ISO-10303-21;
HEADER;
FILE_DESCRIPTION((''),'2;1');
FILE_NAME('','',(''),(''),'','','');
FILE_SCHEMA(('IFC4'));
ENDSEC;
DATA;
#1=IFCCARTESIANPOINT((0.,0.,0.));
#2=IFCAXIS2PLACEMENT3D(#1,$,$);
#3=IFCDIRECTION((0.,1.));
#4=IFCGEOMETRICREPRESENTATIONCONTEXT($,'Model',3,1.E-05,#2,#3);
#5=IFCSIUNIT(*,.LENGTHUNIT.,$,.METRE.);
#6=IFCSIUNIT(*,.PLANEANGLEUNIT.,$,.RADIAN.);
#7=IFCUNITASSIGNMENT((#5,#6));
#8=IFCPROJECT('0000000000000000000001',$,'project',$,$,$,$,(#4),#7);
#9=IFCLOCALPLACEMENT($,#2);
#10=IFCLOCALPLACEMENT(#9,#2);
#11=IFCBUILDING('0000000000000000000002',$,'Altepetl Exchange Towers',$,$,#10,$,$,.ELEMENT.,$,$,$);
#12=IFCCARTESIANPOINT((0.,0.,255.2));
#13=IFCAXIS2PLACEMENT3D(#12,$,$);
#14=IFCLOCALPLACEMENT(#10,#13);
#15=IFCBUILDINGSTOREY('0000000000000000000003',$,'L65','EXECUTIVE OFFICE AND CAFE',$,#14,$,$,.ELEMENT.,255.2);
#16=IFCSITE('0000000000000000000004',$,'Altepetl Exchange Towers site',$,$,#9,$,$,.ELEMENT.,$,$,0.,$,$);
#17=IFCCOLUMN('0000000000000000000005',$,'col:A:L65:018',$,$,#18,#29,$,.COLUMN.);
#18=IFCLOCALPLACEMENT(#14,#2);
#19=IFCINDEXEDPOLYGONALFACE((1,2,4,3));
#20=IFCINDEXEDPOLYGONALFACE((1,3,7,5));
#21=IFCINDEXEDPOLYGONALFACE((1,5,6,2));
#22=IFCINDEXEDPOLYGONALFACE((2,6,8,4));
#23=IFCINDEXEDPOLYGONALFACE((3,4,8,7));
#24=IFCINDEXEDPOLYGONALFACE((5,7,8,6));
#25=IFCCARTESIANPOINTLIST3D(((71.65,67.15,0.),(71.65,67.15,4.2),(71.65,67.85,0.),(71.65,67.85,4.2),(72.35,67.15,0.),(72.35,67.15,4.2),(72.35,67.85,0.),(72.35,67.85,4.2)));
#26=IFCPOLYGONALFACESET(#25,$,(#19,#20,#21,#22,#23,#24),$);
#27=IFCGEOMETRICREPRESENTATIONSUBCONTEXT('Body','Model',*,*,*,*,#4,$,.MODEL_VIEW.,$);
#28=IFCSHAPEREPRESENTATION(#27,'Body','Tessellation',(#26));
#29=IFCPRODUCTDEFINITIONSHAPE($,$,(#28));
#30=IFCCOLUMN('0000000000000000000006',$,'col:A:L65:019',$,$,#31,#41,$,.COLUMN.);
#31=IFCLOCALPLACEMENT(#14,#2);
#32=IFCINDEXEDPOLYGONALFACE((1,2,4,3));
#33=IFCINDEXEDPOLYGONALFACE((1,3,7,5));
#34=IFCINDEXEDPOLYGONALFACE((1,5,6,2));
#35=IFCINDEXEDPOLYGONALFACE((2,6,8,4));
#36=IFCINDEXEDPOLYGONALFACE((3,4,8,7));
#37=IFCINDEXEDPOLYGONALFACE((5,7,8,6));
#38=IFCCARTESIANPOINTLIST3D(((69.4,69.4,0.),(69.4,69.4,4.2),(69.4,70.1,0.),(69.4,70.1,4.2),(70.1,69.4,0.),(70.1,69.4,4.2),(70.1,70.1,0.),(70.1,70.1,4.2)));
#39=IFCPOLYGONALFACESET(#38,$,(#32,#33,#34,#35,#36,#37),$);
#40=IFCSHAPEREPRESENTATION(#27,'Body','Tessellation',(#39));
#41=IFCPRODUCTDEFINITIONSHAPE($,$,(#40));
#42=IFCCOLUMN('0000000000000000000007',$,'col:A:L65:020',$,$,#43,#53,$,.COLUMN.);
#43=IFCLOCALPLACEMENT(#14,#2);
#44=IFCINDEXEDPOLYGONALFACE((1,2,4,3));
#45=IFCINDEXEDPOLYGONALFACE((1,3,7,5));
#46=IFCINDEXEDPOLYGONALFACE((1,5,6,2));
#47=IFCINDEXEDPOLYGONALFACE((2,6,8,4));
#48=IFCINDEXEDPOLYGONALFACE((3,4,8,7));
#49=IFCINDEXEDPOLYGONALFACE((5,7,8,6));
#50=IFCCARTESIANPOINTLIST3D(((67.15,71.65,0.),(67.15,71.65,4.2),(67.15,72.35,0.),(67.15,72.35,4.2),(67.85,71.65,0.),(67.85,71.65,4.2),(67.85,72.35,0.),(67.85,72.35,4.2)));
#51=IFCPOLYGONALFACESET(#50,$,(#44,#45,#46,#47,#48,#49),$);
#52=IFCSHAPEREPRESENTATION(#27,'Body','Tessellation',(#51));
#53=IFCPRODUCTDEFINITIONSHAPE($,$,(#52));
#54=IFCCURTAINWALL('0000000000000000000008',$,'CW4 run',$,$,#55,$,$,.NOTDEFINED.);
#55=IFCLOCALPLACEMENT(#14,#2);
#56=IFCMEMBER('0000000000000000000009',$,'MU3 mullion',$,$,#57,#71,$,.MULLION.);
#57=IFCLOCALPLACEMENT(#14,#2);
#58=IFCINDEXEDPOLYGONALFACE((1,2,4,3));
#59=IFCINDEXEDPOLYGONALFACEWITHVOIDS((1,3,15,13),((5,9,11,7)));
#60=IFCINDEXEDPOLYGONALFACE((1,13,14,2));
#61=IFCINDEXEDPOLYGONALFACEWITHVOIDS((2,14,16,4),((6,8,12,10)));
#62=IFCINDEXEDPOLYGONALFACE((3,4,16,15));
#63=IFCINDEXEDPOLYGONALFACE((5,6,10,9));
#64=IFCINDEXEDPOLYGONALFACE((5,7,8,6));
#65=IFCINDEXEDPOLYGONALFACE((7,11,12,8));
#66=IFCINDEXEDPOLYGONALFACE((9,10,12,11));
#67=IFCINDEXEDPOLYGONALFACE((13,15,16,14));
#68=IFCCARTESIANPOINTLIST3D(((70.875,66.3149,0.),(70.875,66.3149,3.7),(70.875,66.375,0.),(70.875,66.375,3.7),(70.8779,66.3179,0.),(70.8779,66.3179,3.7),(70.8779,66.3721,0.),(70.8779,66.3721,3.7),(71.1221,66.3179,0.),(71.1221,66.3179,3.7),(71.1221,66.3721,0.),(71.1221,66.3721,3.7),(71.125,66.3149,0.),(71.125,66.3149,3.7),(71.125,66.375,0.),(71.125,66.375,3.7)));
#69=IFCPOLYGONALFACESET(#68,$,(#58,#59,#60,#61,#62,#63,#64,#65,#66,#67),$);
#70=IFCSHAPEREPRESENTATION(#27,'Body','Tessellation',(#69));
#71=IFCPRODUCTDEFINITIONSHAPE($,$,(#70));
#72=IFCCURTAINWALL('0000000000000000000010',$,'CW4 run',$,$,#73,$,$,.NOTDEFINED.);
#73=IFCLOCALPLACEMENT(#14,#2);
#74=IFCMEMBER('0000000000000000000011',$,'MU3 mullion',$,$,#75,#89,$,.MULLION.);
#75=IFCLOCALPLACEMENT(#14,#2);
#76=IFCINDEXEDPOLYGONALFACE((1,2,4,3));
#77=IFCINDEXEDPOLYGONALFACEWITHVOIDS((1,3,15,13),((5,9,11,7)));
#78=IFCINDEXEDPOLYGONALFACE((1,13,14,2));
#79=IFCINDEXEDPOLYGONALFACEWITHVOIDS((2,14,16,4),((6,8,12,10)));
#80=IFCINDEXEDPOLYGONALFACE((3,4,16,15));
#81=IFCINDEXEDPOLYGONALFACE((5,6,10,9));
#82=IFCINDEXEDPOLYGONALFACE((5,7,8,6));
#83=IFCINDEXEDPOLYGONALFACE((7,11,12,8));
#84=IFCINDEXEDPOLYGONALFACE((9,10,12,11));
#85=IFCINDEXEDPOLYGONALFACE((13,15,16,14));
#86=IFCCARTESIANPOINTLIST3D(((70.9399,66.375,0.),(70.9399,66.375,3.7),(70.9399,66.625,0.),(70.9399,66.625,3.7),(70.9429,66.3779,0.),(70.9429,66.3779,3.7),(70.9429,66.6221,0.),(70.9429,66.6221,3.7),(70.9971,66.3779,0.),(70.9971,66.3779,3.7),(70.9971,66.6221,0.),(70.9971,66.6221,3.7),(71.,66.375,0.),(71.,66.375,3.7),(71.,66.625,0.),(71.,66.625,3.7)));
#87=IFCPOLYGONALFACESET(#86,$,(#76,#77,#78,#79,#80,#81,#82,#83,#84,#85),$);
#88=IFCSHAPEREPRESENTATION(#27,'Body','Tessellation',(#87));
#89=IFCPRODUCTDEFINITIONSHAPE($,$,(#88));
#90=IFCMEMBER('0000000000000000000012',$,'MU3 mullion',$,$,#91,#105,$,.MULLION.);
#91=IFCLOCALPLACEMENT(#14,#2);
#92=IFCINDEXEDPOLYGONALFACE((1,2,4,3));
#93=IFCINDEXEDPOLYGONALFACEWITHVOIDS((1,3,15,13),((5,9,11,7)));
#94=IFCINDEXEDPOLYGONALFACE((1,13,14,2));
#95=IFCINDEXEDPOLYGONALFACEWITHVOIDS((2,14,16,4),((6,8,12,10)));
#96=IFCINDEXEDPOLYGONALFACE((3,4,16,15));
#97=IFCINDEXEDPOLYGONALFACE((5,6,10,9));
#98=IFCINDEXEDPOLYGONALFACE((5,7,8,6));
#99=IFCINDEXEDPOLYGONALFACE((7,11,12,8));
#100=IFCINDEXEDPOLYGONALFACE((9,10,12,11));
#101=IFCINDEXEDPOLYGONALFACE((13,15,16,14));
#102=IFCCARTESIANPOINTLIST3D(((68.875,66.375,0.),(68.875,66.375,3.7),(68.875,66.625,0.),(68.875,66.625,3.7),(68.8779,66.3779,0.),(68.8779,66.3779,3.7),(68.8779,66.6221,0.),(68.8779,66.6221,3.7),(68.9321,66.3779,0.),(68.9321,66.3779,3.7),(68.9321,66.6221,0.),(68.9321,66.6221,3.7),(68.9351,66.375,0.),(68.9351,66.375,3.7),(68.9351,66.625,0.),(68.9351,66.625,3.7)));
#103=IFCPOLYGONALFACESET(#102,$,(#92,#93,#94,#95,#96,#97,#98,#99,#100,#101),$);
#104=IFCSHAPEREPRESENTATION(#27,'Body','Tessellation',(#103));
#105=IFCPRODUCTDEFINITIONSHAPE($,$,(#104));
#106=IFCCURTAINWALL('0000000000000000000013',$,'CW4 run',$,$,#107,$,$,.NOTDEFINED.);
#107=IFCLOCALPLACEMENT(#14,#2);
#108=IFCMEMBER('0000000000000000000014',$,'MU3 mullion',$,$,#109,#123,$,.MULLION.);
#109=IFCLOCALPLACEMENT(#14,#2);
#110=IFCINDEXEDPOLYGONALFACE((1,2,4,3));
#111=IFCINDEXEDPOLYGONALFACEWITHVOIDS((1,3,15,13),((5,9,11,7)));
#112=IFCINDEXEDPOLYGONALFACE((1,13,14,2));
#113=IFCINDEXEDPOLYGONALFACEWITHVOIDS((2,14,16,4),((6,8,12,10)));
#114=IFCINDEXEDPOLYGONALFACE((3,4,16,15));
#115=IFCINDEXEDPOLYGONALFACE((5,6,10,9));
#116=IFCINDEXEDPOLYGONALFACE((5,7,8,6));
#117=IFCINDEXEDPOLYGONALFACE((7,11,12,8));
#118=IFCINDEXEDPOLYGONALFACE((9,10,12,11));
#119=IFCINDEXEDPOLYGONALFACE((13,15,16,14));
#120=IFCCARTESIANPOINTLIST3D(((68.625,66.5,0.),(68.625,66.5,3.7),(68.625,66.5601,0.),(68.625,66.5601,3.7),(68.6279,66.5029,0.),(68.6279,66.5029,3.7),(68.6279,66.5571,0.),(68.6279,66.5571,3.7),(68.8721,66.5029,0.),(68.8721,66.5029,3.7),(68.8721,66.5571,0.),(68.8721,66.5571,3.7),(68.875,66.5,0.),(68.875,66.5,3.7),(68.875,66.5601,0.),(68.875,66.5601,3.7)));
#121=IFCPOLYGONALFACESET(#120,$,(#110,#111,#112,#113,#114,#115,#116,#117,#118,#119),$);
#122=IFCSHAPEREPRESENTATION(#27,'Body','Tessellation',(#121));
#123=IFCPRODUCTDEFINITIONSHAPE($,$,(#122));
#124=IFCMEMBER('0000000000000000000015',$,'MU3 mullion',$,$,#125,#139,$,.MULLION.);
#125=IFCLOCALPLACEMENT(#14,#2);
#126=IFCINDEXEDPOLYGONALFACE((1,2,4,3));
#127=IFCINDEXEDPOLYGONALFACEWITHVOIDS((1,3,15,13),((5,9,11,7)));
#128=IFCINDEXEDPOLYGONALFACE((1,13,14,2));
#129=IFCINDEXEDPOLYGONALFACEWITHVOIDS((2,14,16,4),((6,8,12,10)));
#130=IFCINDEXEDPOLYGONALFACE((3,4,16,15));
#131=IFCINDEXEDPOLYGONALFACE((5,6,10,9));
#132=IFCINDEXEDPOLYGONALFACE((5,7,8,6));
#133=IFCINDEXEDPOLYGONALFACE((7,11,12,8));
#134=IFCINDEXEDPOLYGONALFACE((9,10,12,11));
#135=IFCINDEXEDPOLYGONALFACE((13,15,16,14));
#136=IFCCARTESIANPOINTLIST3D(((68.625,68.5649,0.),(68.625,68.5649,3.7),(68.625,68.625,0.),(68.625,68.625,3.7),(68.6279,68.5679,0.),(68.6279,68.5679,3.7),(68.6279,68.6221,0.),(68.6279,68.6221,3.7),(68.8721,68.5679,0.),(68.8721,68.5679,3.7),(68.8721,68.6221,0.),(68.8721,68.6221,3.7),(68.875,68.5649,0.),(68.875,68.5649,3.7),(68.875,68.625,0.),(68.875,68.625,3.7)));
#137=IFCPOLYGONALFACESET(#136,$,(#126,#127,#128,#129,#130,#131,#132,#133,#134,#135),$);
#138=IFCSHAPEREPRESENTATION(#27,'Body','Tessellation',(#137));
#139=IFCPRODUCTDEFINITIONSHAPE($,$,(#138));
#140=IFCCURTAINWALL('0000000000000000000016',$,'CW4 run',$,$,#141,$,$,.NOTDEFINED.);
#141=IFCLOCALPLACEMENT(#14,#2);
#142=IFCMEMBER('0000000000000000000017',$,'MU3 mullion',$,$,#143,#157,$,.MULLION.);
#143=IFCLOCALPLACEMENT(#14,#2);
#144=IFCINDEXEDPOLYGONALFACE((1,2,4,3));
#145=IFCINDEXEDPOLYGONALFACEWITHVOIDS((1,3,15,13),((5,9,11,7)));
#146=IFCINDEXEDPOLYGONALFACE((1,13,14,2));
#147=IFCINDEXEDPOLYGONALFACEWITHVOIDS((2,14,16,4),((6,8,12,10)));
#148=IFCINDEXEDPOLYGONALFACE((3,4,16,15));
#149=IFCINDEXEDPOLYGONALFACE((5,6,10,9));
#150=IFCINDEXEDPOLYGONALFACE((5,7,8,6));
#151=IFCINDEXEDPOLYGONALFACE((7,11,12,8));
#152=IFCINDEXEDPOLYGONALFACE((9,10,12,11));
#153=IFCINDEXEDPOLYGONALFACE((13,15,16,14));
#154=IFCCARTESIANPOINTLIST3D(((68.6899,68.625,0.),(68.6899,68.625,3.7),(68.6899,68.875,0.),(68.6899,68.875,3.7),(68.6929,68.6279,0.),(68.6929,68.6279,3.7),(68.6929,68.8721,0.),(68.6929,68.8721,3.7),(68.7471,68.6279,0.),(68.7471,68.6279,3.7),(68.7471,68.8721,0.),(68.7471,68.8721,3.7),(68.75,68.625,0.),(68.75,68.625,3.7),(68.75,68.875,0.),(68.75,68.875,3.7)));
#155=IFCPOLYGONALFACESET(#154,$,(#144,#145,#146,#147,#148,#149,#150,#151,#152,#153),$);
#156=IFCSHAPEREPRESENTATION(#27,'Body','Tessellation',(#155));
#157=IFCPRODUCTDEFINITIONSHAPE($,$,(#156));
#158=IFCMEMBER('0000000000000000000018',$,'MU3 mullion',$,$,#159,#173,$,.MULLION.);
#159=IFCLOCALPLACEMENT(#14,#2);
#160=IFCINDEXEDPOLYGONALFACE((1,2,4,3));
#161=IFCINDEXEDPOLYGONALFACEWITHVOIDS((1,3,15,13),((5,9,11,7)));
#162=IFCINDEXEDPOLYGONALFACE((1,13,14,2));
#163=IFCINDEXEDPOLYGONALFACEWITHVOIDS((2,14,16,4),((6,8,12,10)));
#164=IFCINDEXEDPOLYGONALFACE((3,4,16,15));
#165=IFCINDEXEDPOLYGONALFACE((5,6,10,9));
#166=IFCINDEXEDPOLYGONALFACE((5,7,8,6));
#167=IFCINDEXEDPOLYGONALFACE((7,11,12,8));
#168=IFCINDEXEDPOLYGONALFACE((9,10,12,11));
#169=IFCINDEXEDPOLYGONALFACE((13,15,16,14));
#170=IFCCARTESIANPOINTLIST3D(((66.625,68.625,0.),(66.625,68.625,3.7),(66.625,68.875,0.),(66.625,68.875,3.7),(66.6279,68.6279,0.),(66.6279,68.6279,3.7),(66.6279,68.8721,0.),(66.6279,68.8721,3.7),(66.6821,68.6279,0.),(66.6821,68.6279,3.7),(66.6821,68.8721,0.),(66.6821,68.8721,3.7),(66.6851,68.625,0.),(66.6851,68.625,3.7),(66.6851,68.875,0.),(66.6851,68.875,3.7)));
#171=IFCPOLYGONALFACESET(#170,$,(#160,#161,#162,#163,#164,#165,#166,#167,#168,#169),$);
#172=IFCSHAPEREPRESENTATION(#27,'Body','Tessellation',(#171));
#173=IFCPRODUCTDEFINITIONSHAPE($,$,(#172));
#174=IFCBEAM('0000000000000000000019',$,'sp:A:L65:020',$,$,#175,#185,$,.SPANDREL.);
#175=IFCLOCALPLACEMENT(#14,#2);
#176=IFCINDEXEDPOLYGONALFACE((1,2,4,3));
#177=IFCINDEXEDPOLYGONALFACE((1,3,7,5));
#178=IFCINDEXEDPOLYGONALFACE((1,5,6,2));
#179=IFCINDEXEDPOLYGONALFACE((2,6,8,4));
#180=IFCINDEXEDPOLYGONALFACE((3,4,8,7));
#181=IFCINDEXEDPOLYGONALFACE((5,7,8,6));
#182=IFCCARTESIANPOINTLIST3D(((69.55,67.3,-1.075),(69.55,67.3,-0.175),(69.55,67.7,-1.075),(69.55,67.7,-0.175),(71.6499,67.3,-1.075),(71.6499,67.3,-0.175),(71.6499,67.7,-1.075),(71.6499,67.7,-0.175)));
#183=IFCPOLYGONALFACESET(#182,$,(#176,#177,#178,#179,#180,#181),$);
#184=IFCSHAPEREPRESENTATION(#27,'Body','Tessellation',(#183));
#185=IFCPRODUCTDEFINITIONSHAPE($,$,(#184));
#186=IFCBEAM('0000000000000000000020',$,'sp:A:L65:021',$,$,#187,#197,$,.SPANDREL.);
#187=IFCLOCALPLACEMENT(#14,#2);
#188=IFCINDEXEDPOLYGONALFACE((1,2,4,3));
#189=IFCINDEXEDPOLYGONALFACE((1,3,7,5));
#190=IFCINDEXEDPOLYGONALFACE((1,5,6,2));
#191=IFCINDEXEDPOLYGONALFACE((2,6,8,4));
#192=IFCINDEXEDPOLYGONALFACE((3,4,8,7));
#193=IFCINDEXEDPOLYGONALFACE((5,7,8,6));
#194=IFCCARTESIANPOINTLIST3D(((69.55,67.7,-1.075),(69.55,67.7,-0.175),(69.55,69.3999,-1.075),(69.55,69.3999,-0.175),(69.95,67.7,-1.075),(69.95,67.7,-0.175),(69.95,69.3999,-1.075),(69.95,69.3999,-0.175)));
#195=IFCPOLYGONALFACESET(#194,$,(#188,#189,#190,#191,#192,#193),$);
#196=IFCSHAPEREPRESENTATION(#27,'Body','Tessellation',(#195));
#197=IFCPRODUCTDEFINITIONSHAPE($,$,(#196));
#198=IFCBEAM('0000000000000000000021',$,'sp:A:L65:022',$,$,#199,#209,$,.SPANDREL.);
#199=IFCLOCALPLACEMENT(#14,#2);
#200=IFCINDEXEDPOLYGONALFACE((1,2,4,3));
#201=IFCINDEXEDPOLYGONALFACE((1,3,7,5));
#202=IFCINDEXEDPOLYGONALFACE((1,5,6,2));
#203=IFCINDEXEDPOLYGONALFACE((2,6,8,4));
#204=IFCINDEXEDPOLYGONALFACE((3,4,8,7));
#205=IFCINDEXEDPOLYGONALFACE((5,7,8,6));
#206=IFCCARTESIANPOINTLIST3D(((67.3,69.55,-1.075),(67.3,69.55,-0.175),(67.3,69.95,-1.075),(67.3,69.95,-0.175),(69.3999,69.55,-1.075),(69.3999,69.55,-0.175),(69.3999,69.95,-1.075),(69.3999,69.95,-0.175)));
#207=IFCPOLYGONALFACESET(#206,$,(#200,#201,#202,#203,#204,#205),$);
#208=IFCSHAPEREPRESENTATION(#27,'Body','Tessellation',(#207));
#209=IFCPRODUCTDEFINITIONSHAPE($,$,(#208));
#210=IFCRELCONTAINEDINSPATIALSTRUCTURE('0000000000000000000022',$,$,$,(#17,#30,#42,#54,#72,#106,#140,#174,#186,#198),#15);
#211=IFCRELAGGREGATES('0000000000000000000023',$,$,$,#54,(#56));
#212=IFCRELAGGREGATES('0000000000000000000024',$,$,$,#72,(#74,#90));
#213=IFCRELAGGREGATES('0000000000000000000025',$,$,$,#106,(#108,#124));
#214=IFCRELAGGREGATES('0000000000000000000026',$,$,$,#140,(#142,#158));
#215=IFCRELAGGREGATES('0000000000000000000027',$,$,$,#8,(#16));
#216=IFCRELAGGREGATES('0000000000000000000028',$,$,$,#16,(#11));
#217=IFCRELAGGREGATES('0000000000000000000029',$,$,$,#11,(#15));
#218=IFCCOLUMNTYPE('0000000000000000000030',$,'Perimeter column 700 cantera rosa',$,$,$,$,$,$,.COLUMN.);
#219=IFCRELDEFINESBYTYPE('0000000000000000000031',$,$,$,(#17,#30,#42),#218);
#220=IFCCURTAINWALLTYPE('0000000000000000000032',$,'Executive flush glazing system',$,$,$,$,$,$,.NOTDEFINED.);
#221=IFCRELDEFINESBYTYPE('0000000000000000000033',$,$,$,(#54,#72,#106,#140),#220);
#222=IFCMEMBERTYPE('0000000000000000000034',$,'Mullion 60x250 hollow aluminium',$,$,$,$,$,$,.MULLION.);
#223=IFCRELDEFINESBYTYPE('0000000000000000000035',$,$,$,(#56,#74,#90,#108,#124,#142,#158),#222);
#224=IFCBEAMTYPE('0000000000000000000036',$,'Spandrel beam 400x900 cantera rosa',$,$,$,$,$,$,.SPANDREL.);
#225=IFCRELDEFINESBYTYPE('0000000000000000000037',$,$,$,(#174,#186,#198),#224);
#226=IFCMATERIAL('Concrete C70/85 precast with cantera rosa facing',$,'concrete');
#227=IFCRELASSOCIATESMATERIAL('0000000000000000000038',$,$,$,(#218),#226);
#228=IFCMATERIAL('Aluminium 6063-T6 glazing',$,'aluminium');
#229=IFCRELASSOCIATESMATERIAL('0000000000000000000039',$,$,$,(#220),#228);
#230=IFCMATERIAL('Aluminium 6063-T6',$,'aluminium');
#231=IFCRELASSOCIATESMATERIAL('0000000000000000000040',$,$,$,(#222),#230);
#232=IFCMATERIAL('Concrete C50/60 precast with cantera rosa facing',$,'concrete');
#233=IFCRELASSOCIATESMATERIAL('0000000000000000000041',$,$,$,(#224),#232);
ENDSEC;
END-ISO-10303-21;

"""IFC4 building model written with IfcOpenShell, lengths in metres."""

from ifc_helpers import new_model, si_unit, direction, frame, origin, origin_2d, place, context, subcontext, project, spatial, rectangle, hollow_rectangle, extrude, material, material_profile, profile_set, type_object, element, aggregate, save


model = new_model("IFC4")

# Units and contexts
model_context = context("Model", 3, precision=1e-05, world=origin(), true_north=direction((0.0, 1.0)))
body_context = subcontext(model_context, "Body", "Model", "MODEL_VIEW")
ifc_project = project(units=[si_unit("LENGTHUNIT", "METRE"), si_unit("PLANEANGLEUNIT", "RADIAN")], contexts=[model_context])

# Site, building, storey
site_placement = place(None, origin())
site = spatial("IfcSite", under=ifc_project, at=site_placement, Name="Altepetl Exchange Towers site", CompositionType="ELEMENT", RefElevation=0.0)
building_placement = place(site_placement, origin())
building = spatial("IfcBuilding", under=site, at=building_placement, Name="Altepetl Exchange Towers", CompositionType="ELEMENT")
storey_placement = place(building_placement, frame((0.0, 0.0, 255.2)))
storey = spatial("IfcBuildingStorey", under=building, at=storey_placement, Name="L65", Description="EXECUTIVE OFFICE AND CAFE", CompositionType="ELEMENT", Elevation=255.2)

# Columns
ifc_material_1 = material(Name="Concrete C70/85 precast with cantera rosa facing", Category="concrete")
ifc_material_profile_1 = material_profile(ifc_material_1, rectangle(XDim=0.7, YDim=0.7, at=origin_2d()), Name="700 x 700")
ifc_profile_set_1 = profile_set([ifc_material_profile_1], Name="Concrete C70/85 precast with cantera rosa facing")
column_type = type_object("IfcColumnType", Name="Perimeter column 700 cantera rosa", PredefinedType="COLUMN", material=ifc_profile_set_1)
for number, where, name in (
    (1, (72.0, 67.5, 0.0), "col:A:L65:018"),
    (2, (69.75, 69.75, 0.0), "col:A:L65:019"),
    (3, (67.5, 72.0, 0.0), "col:A:L65:020"),
):
    element("IfcColumn", number, at=place(storey_placement, frame(where)), inside=storey, type_object=column_type, Name=name, PredefinedType="COLUMN", context=body_context, shape_type="SweptSolid", body=[
        extrude(rectangle(XDim=0.7, YDim=0.7, at=origin_2d()), origin(), (0.0, 0.0, 1.0), 4.2),
    ])

# Curtain wall, member
ifc_material_2 = material(Name="Aluminium 6063-T6 glazing", Category="aluminium")
curtain_wall_type = type_object("IfcCurtainWallType", Name="Executive flush glazing system", PredefinedType="NOTDEFINED", material=ifc_material_2)
curtain_wall_1_placement = place(storey_placement, origin())
curtain_wall_1 = element("IfcCurtainWall", 4, at=curtain_wall_1_placement, inside=storey, type_object=curtain_wall_type, Name="CW4 run", PredefinedType="NOTDEFINED")
ifc_material_3 = material(Name="Aluminium 6063-T6", Category="aluminium")
ifc_material_profile_2 = material_profile(ifc_material_3, hollow_rectangle(XDim=0.0601, YDim=0.25, WallThickness=0.0029, at=origin_2d()), Name="Mullion 60x250 hollow aluminium")
ifc_profile_set_2 = profile_set([ifc_material_profile_2], Name="Aluminium 6063-T6")
member_type_1 = type_object("IfcMemberType", Name="Mullion 60x250 hollow aluminium", PredefinedType="MULLION", material=ifc_profile_set_2)
member_1_placement = place(storey_placement, frame((71.0, 66.345, 0.0), z_axis=(0.0, 0.0, 1.0), x_axis=(0.0, 1.0, 0.0)))
member_1 = element("IfcMember", 5, at=member_1_placement, type_object=member_type_1, Name="MU3 mullion", PredefinedType="MULLION", context=body_context, shape_type="SweptSolid", body=[
    extrude(hollow_rectangle(XDim=0.0601, YDim=0.25, WallThickness=0.0029, at=origin_2d()), origin(), (0.0, 0.0, 1.0), 3.7),
])
aggregate(curtain_wall_1, [member_1])

# Curtain walls, members
curtain_wall_2_placement = place(storey_placement, origin())
curtain_wall_2 = element("IfcCurtainWall", 6, at=curtain_wall_2_placement, inside=storey, type_object=curtain_wall_type, Name="CW4 run", PredefinedType="NOTDEFINED")
member_2_placement = place(storey_placement, frame((70.97, 66.5, 0.0), z_axis=(0.0, 0.0, 1.0), x_axis=(-1.0, 0.0, 0.0)))
member_2 = element("IfcMember", 7, at=member_2_placement, type_object=member_type_1, Name="MU3 mullion", PredefinedType="MULLION", context=body_context, shape_type="SweptSolid", body=[
    extrude(hollow_rectangle(XDim=0.0601, YDim=0.25, WallThickness=0.0029, at=origin_2d()), origin(), (0.0, 0.0, 1.0), 3.7),
])
member_3_placement = place(storey_placement, frame((68.905, 66.5, 0.0), z_axis=(0.0, 0.0, 1.0), x_axis=(-1.0, 0.0, 0.0)))
member_3 = element("IfcMember", 8, at=member_3_placement, type_object=member_type_1, Name="MU3 mullion", PredefinedType="MULLION", context=body_context, shape_type="SweptSolid", body=[
    extrude(hollow_rectangle(XDim=0.0601, YDim=0.25, WallThickness=0.0029, at=origin_2d()), origin(), (0.0, 0.0, 1.0), 3.7),
])
curtain_wall_3_placement = place(storey_placement, origin())
curtain_wall_3 = element("IfcCurtainWall", 9, at=curtain_wall_3_placement, inside=storey, type_object=curtain_wall_type, Name="CW4 run", PredefinedType="NOTDEFINED")
member_4_placement = place(storey_placement, frame((68.75, 66.53, 0.0), z_axis=(0.0, 0.0, 1.0), x_axis=(0.0, 1.0, 0.0)))
member_4 = element("IfcMember", 10, at=member_4_placement, type_object=member_type_1, Name="MU3 mullion", PredefinedType="MULLION", context=body_context, shape_type="SweptSolid", body=[
    extrude(hollow_rectangle(XDim=0.0601, YDim=0.25, WallThickness=0.0029, at=origin_2d()), origin(), (0.0, 0.0, 1.0), 3.7),
])
member_5_placement = place(storey_placement, frame((68.75, 68.595, 0.0), z_axis=(0.0, 0.0, 1.0), x_axis=(0.0, 1.0, 0.0)))
member_5 = element("IfcMember", 11, at=member_5_placement, type_object=member_type_1, Name="MU3 mullion", PredefinedType="MULLION", context=body_context, shape_type="SweptSolid", body=[
    extrude(hollow_rectangle(XDim=0.0601, YDim=0.25, WallThickness=0.0029, at=origin_2d()), origin(), (0.0, 0.0, 1.0), 3.7),
])
curtain_wall_4_placement = place(storey_placement, origin())
curtain_wall_4 = element("IfcCurtainWall", 12, at=curtain_wall_4_placement, inside=storey, type_object=curtain_wall_type, Name="CW4 run", PredefinedType="NOTDEFINED")
member_6_placement = place(storey_placement, frame((68.72, 68.75, 0.0), z_axis=(0.0, 0.0, 1.0), x_axis=(-1.0, 0.0, 0.0)))
member_6 = element("IfcMember", 13, at=member_6_placement, type_object=member_type_1, Name="MU3 mullion", PredefinedType="MULLION", context=body_context, shape_type="SweptSolid", body=[
    extrude(hollow_rectangle(XDim=0.0601, YDim=0.25, WallThickness=0.0029, at=origin_2d()), origin(), (0.0, 0.0, 1.0), 3.7),
])
member_7_placement = place(storey_placement, frame((66.655, 68.75, 0.0), z_axis=(0.0, 0.0, 1.0), x_axis=(-1.0, 0.0, 0.0)))
member_7 = element("IfcMember", 14, at=member_7_placement, type_object=member_type_1, Name="MU3 mullion", PredefinedType="MULLION", context=body_context, shape_type="SweptSolid", body=[
    extrude(hollow_rectangle(XDim=0.0601, YDim=0.25, WallThickness=0.0029, at=origin_2d()), origin(), (0.0, 0.0, 1.0), 3.7),
])

# Beams
ifc_material_4 = material(Name="Concrete C50/60 precast with cantera rosa facing", Category="concrete")
ifc_material_profile_3 = material_profile(ifc_material_4, rectangle(XDim=0.3999, YDim=0.8999, at=origin_2d()), Name="400 x 900")
ifc_profile_set_3 = profile_set([ifc_material_profile_3], Name="Concrete C50/60 precast with cantera rosa facing")
beam_type = type_object("IfcBeamType", Name="Spandrel beam 400x900 cantera rosa", PredefinedType="SPANDREL", material=ifc_profile_set_3)
beam_1_placement = place(storey_placement, frame((71.6499, 67.5, -0.625), z_axis=(-1.0, 0.0, 0.0), x_axis=(0.0, -1.0, 0.0)))
element("IfcBeam", 15, at=beam_1_placement, inside=storey, type_object=beam_type, Name="sp:A:L65:020", PredefinedType="SPANDREL", context=body_context, shape_type="SweptSolid", body=[
    extrude(rectangle(XDim=0.3999, YDim=0.8999, at=origin_2d()), origin(), (0.0, 0.0, 1.0), 2.0999),
])
beam_2_placement = place(storey_placement, frame((69.75, 67.7, -0.625), z_axis=(0.0, 1.0, 0.0), x_axis=(-1.0, 0.0, 0.0)))
element("IfcBeam", 16, at=beam_2_placement, inside=storey, type_object=beam_type, Name="sp:A:L65:021", PredefinedType="SPANDREL", context=body_context, shape_type="SweptSolid", body=[
    extrude(rectangle(XDim=0.3999, YDim=0.8999, at=origin_2d()), origin(), (0.0, 0.0, 1.0), 1.7),
])
beam_3_placement = place(storey_placement, frame((69.3999, 69.75, -0.625), z_axis=(-1.0, 0.0, 0.0), x_axis=(0.0, -1.0, 0.0)))
element("IfcBeam", 17, at=beam_3_placement, inside=storey, type_object=beam_type, Name="sp:A:L65:022", PredefinedType="SPANDREL", context=body_context, shape_type="SweptSolid", body=[
    extrude(rectangle(XDim=0.3999, YDim=0.8999, at=origin_2d()), origin(), (0.0, 0.0, 1.0), 2.0999),
])

aggregate(curtain_wall_2, [member_2, member_3])
aggregate(curtain_wall_3, [member_4, member_5])
aggregate(curtain_wall_4, [member_6, member_7])

save(model, "model.ifc")
